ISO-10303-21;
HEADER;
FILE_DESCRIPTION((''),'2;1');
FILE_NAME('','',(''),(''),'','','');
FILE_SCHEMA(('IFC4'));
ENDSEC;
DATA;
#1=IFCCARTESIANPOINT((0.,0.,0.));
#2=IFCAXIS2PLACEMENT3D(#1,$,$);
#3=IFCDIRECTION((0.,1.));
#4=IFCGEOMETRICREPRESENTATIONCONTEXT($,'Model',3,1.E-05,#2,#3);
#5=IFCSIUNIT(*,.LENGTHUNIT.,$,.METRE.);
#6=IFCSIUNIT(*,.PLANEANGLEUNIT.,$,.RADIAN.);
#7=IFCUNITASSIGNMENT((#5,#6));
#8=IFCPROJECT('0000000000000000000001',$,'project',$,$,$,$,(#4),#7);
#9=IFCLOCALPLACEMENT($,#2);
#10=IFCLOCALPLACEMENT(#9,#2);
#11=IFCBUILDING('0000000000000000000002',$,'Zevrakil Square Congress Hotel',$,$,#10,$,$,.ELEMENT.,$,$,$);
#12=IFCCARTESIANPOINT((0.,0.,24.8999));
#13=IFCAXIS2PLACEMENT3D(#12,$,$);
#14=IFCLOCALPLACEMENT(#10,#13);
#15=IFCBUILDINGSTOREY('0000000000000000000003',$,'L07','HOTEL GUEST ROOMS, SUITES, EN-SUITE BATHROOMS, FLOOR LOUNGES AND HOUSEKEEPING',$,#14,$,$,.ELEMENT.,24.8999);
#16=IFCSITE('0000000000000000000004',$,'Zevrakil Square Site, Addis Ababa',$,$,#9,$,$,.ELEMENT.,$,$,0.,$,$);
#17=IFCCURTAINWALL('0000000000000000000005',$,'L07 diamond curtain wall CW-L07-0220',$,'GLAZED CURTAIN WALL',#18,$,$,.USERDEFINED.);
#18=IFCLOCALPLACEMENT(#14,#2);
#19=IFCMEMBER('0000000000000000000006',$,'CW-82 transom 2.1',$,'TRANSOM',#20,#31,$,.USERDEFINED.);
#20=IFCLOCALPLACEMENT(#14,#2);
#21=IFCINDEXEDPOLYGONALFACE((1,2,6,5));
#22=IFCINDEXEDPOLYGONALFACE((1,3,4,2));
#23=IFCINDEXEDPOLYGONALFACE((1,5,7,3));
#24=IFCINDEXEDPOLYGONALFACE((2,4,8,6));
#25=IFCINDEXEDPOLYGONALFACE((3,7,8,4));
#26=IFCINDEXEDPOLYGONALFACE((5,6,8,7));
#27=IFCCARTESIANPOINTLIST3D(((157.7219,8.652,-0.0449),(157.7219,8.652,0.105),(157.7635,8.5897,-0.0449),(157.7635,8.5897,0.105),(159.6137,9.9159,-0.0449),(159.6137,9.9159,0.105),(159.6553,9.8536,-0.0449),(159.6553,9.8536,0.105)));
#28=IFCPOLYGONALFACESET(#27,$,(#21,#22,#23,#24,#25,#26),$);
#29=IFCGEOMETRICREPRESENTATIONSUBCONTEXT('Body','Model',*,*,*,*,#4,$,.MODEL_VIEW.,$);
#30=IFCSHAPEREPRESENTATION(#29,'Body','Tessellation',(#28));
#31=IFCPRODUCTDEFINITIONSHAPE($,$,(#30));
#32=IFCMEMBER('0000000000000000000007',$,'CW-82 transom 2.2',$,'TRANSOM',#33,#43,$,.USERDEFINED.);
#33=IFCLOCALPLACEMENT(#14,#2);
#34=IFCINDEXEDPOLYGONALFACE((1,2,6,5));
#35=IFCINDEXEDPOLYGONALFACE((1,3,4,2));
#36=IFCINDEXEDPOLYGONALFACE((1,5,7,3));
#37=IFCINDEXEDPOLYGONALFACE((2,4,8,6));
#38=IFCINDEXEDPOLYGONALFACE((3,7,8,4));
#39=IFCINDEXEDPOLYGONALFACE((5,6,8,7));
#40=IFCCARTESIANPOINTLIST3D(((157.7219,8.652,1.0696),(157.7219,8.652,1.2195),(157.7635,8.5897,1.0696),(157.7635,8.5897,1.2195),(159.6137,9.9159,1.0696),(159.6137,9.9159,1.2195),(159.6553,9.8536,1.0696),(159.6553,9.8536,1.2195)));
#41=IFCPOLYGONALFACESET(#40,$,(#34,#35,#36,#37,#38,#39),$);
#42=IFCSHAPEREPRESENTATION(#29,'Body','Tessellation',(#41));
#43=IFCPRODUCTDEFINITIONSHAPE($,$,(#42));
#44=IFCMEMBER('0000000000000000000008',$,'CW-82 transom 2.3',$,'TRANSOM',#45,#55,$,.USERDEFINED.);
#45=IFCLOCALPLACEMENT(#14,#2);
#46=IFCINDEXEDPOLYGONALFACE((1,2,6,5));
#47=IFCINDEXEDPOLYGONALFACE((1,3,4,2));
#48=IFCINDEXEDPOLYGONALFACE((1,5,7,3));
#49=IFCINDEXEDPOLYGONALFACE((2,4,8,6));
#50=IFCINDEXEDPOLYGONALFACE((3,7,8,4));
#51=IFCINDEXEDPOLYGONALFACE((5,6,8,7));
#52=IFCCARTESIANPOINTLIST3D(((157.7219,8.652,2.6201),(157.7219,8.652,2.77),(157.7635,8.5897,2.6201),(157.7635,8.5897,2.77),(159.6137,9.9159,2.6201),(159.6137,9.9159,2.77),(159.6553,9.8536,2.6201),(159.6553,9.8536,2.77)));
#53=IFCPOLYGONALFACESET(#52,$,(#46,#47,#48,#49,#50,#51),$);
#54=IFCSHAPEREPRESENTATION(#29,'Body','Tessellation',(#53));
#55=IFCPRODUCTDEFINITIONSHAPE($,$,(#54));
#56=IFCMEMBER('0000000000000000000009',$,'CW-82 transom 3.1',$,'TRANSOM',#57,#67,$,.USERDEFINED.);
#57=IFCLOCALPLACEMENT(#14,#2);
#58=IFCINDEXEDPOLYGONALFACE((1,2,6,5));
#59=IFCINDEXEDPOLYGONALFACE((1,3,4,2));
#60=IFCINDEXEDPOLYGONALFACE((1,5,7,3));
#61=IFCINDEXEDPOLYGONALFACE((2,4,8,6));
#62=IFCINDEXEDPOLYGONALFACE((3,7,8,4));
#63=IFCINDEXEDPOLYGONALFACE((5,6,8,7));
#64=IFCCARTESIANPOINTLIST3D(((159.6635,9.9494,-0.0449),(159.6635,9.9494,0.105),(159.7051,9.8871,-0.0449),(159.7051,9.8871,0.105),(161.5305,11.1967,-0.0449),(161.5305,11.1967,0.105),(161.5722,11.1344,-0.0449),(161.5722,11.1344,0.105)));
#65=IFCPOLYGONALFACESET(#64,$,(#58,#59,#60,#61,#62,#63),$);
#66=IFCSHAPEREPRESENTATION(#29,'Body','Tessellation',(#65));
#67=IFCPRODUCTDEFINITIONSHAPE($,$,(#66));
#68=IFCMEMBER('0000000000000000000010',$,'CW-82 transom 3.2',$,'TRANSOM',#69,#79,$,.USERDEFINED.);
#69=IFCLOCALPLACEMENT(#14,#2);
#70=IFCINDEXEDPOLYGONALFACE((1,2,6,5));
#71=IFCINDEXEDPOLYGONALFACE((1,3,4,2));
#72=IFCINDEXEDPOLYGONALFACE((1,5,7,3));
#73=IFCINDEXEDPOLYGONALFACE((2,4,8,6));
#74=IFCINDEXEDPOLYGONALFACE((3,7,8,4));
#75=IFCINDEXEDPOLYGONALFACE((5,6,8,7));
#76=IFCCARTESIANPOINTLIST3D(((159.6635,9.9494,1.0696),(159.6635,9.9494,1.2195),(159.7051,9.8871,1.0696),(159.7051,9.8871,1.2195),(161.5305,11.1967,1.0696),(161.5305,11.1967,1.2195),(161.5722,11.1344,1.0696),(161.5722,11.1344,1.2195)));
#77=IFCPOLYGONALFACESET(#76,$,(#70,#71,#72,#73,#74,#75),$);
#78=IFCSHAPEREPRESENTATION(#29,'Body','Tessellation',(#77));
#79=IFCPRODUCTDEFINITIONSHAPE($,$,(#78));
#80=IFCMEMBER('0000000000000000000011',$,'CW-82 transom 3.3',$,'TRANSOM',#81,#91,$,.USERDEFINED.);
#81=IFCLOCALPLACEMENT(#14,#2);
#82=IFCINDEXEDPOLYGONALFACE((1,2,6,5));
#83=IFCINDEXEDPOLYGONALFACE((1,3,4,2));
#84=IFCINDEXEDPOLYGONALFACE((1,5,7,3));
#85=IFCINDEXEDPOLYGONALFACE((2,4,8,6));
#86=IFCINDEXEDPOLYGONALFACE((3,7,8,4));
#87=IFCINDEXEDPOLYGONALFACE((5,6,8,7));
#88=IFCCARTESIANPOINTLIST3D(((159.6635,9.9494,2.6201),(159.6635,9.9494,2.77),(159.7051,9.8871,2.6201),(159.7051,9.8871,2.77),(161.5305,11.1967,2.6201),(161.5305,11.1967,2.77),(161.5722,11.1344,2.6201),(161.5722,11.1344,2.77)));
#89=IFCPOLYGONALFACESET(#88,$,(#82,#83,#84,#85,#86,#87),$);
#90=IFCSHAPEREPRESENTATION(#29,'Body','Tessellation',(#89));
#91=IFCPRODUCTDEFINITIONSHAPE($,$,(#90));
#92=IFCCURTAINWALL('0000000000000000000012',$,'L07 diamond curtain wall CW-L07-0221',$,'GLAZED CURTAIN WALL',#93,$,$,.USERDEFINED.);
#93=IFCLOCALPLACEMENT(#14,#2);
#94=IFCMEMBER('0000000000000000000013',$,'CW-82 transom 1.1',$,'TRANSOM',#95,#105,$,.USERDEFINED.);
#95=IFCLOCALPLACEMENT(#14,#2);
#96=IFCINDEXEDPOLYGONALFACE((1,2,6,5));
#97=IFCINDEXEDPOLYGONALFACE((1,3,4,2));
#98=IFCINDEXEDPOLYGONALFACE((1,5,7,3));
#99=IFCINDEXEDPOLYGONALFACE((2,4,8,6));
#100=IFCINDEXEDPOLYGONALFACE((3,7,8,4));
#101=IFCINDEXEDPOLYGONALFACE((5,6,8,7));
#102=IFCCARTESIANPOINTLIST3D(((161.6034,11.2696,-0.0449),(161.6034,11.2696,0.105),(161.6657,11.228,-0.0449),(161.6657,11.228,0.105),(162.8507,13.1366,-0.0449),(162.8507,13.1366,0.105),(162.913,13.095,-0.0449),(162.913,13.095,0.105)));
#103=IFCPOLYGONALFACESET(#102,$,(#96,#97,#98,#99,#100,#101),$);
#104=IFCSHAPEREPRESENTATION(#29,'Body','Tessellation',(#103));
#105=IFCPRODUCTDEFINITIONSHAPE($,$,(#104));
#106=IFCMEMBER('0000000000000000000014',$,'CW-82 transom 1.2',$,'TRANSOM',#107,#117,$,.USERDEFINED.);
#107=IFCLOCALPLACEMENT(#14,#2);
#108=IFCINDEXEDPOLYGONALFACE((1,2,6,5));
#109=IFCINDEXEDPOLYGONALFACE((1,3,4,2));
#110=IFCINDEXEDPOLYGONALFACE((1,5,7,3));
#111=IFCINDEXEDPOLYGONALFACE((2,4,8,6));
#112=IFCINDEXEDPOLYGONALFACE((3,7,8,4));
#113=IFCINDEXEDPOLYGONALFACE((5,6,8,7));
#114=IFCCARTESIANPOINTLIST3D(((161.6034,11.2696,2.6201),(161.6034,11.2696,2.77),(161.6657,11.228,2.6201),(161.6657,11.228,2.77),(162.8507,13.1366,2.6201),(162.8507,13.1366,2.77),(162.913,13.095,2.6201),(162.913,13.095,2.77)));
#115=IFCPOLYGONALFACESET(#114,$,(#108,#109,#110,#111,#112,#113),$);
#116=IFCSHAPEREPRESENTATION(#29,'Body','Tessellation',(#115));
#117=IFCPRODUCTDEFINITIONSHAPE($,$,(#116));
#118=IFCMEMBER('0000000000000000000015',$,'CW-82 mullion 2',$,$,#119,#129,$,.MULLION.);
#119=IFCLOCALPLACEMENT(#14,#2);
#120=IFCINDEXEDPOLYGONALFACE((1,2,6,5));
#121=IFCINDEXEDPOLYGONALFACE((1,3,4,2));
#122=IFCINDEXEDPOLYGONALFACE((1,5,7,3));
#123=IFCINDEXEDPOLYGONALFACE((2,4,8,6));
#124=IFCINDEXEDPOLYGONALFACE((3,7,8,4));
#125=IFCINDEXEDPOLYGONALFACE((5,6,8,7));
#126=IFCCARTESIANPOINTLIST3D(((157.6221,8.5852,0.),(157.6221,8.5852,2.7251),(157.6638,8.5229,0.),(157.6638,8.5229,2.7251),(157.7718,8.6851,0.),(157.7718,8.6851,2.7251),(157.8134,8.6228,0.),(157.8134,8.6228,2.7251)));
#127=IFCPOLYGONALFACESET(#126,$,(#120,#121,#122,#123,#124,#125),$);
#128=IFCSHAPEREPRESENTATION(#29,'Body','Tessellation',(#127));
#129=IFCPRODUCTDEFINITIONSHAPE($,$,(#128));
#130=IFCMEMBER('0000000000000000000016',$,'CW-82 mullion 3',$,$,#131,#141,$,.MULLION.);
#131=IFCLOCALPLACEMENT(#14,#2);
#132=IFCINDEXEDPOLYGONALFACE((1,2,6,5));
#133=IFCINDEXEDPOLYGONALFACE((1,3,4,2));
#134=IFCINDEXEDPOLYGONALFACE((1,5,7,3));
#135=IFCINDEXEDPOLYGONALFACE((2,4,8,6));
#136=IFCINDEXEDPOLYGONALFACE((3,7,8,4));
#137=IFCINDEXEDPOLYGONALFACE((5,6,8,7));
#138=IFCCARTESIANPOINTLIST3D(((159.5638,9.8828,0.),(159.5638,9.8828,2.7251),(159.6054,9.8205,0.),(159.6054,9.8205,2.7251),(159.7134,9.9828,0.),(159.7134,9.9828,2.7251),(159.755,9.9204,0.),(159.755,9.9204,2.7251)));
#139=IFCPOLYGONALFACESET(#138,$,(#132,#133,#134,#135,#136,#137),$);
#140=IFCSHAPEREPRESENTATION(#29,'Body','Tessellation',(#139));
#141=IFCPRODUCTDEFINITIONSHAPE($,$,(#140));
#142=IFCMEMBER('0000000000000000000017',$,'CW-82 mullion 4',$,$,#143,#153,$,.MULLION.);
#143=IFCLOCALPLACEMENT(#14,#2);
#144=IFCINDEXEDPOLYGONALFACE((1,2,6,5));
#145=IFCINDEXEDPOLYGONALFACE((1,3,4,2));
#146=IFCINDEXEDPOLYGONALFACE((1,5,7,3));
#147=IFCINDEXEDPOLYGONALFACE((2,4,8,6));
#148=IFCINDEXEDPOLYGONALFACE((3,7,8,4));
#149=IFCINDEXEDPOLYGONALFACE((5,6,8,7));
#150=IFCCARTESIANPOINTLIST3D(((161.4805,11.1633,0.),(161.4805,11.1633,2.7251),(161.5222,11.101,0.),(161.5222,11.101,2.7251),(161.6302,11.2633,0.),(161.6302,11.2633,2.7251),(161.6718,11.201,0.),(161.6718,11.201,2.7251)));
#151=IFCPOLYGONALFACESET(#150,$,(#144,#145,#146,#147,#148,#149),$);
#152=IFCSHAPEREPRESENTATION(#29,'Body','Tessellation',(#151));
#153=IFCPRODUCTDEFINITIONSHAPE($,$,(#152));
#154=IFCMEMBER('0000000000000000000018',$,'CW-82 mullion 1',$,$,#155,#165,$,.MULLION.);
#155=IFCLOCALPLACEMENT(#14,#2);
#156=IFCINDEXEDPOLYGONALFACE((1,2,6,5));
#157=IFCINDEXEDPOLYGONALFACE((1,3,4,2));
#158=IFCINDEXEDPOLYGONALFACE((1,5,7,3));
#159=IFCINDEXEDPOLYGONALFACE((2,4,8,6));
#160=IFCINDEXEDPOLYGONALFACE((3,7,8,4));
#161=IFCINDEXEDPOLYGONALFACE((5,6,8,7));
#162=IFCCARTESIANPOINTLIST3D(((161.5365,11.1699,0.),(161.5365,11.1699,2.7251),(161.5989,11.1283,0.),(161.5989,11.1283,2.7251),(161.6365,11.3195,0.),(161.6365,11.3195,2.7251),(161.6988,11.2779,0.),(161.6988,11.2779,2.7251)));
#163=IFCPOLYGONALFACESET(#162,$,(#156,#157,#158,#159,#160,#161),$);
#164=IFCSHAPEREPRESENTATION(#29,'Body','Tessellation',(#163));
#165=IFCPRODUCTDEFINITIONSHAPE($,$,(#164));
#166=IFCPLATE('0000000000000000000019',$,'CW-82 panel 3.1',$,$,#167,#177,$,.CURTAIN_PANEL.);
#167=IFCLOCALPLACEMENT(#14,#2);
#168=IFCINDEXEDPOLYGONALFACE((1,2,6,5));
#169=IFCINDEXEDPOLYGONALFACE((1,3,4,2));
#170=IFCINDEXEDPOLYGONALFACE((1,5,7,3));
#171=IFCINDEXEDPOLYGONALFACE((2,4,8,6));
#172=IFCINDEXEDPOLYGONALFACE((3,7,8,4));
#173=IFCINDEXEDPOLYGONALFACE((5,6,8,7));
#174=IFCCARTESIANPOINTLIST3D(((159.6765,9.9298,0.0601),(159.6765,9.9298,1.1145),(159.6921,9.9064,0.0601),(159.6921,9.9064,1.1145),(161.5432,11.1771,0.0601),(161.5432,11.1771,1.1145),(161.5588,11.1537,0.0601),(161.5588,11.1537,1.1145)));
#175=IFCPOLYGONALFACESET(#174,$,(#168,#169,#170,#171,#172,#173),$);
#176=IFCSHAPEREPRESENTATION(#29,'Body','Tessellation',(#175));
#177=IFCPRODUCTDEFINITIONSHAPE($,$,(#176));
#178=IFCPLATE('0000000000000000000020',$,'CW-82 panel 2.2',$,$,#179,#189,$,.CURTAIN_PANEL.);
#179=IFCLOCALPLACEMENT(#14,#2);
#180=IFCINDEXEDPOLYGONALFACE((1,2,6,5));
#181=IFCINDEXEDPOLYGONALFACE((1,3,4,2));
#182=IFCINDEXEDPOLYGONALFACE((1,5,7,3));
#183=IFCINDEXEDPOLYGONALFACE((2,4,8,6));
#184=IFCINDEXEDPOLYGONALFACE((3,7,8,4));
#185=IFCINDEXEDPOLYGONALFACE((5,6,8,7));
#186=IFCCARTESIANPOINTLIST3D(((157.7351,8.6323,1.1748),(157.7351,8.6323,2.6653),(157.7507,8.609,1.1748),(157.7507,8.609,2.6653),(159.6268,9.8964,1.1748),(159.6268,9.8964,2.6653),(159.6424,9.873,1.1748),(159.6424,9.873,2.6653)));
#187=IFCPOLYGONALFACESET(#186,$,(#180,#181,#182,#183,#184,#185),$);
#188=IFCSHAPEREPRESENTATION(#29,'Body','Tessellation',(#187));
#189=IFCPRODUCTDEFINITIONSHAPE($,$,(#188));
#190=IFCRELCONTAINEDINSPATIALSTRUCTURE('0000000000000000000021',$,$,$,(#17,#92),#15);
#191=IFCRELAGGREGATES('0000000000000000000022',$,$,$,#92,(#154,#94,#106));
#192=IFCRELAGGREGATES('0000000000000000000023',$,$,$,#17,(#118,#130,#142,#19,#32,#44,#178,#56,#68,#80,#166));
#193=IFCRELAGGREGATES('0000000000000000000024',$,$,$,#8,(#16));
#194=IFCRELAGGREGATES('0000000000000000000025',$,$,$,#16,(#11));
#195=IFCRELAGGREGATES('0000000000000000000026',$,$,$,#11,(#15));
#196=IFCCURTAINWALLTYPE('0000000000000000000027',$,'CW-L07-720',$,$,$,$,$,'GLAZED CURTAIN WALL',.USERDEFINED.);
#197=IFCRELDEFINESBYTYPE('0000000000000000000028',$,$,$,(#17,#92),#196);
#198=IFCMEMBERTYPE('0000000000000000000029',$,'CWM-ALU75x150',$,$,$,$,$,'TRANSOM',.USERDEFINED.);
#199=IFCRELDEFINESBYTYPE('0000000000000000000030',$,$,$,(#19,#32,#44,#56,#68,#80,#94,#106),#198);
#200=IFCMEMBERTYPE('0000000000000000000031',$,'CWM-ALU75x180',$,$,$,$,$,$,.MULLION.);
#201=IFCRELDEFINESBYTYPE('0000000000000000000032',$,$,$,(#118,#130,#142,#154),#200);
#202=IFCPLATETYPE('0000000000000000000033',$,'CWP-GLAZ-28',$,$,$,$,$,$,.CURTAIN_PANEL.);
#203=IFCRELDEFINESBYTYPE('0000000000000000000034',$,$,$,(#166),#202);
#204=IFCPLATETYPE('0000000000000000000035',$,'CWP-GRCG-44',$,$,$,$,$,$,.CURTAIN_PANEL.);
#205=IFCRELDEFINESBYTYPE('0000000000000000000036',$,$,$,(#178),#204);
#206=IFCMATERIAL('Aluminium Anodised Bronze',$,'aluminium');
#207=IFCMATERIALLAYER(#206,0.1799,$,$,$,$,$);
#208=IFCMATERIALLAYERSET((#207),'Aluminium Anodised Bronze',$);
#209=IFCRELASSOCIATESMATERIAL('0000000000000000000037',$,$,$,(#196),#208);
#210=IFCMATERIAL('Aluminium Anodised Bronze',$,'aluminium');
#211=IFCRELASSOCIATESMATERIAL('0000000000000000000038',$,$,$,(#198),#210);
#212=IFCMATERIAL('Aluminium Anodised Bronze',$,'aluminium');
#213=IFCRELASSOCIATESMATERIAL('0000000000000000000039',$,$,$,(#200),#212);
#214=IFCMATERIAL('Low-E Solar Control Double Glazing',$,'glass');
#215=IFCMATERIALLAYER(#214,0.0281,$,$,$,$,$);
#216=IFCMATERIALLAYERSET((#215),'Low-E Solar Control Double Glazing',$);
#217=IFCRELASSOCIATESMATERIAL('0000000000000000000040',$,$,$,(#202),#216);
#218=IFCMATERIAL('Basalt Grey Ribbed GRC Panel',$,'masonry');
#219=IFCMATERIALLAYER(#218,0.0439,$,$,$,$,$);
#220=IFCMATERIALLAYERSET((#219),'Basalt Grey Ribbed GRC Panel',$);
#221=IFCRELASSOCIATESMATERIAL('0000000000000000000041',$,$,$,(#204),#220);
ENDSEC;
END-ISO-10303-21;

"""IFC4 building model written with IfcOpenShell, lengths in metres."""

from ifc_helpers import new_model, si_unit, direction, frame, origin, origin_2d, place, context, subcontext, project, spatial, rectangle, extrude, material, layer, layer_set, material_profile, profile_set, type_object, element, aggregate, save


model = new_model("IFC4")

# Units and contexts
model_context = context("Model", 3, precision=1e-05, world=origin(), true_north=direction((0.0, 1.0)))
body_context = subcontext(model_context, "Body", "Model", "MODEL_VIEW")
ifc_project = project(units=[si_unit("LENGTHUNIT", "METRE"), si_unit("PLANEANGLEUNIT", "RADIAN")], contexts=[model_context])

# Site, building, storey
site_placement = place(None, origin())
site = spatial("IfcSite", under=ifc_project, at=site_placement, Name="Zevrakil Square Site, Addis Ababa", CompositionType="ELEMENT", RefElevation=0.0)
building_placement = place(site_placement, origin())
building = spatial("IfcBuilding", under=site, at=building_placement, Name="Zevrakil Square Congress Hotel", CompositionType="ELEMENT")
storey_placement = place(building_placement, frame((0.0, 0.0, 24.8999)))
storey = spatial("IfcBuildingStorey", under=building, at=storey_placement, Name="L07", Description="HOTEL GUEST ROOMS, SUITES, EN-SUITE BATHROOMS, FLOOR LOUNGES AND HOUSEKEEPING", CompositionType="ELEMENT", Elevation=24.8999)

# Curtain walls, members
ifc_material_1 = material(Name="Aluminium Anodised Bronze", Category="aluminium")
ifc_layer_1 = layer(ifc_material_1, 0.1799)
ifc_layer_set_1 = layer_set([ifc_layer_1], Name="Aluminium Anodised Bronze")
curtain_wall_type = type_object("IfcCurtainWallType", Name="CW-L07-720", ElementType="GLAZED CURTAIN WALL", PredefinedType="USERDEFINED", material=ifc_layer_set_1)
curtain_wall_1_placement = place(storey_placement, origin())
curtain_wall_1 = element("IfcCurtainWall", 1, at=curtain_wall_1_placement, inside=storey, type_object=curtain_wall_type, Name="L07 diamond curtain wall CW-L07-0220", ObjectType="GLAZED CURTAIN WALL", PredefinedType="USERDEFINED")
ifc_material_2 = material(Name="Aluminium Anodised Bronze", Category="aluminium")
ifc_material_profile_1 = material_profile(ifc_material_2, rectangle(XDim=0.075, YDim=0.1499, at=origin_2d()), Name="ALU 75x150")
ifc_profile_set_1 = profile_set([ifc_material_profile_1], Name="Aluminium Anodised Bronze")
member_type_1 = type_object("IfcMemberType", Name="CWM-ALU75x150", ElementType="TRANSOM", PredefinedType="USERDEFINED", material=ifc_profile_set_1)
member_1_placement = place(storey_placement, frame((157.7427, 8.6208, 0.03), z_axis=(0.831505, 0.555517, 0.0), x_axis=(-0.555517, 0.831505, 0.0)))
member_1 = element("IfcMember", 2, at=member_1_placement, type_object=member_type_1, Name="CW-82 transom 2.1", ObjectType="TRANSOM", PredefinedType="USERDEFINED", context=body_context, shape_type="SweptSolid", body=[
    extrude(rectangle(XDim=0.075, YDim=0.1499, at=origin_2d()), origin(), (0.0, 0.0, 1.0), 2.2751),
])
member_2_placement = place(storey_placement, frame((157.7427, 8.6208, 1.1445), z_axis=(0.831505, 0.555517, 0.0), x_axis=(-0.555517, 0.831505, 0.0)))
member_2 = element("IfcMember", 3, at=member_2_placement, type_object=member_type_1, Name="CW-82 transom 2.2", ObjectType="TRANSOM", PredefinedType="USERDEFINED", context=body_context, shape_type="SweptSolid", body=[
    extrude(rectangle(XDim=0.075, YDim=0.1499, at=origin_2d()), origin(), (0.0, 0.0, 1.0), 2.2751),
])
member_3_placement = place(storey_placement, frame((157.7427, 8.6208, 2.6951), z_axis=(0.831505, 0.555517, 0.0), x_axis=(-0.555517, 0.831505, 0.0)))
member_3 = element("IfcMember", 4, at=member_3_placement, type_object=member_type_1, Name="CW-82 transom 2.3", ObjectType="TRANSOM", PredefinedType="USERDEFINED", context=body_context, shape_type="SweptSolid", body=[
    extrude(rectangle(XDim=0.075, YDim=0.1499, at=origin_2d()), origin(), (0.0, 0.0, 1.0), 2.2751),
])
member_4_placement = place(storey_placement, frame((159.6843, 9.9182, 0.03), z_axis=(0.831498, 0.555528, 0.0), x_axis=(-0.555528, 0.831498, 0.0)))
member_4 = element("IfcMember", 5, at=member_4_placement, type_object=member_type_1, Name="CW-82 transom 3.1", ObjectType="TRANSOM", PredefinedType="USERDEFINED", context=body_context, shape_type="SweptSolid", body=[
    extrude(rectangle(XDim=0.075, YDim=0.1499, at=origin_2d()), origin(), (0.0, 0.0, 1.0), 2.2454),
])
member_5_placement = place(storey_placement, frame((159.6843, 9.9182, 1.1445), z_axis=(0.831498, 0.555528, 0.0), x_axis=(-0.555528, 0.831498, 0.0)))
member_5 = element("IfcMember", 6, at=member_5_placement, type_object=member_type_1, Name="CW-82 transom 3.2", ObjectType="TRANSOM", PredefinedType="USERDEFINED", context=body_context, shape_type="SweptSolid", body=[
    extrude(rectangle(XDim=0.075, YDim=0.1499, at=origin_2d()), origin(), (0.0, 0.0, 1.0), 2.2454),
])
member_6_placement = place(storey_placement, frame((159.6843, 9.9182, 2.6951), z_axis=(0.831498, 0.555528, 0.0), x_axis=(-0.555528, 0.831498, 0.0)))
member_6 = element("IfcMember", 7, at=member_6_placement, type_object=member_type_1, Name="CW-82 transom 3.3", ObjectType="TRANSOM", PredefinedType="USERDEFINED", context=body_context, shape_type="SweptSolid", body=[
    extrude(rectangle(XDim=0.075, YDim=0.1499, at=origin_2d()), origin(), (0.0, 0.0, 1.0), 2.2454),
])
curtain_wall_2_placement = place(storey_placement, origin())
curtain_wall_2 = element("IfcCurtainWall", 8, at=curtain_wall_2_placement, inside=storey, type_object=curtain_wall_type, Name="L07 diamond curtain wall CW-L07-0221", ObjectType="GLAZED CURTAIN WALL", PredefinedType="USERDEFINED")
member_7_placement = place(storey_placement, frame((161.6345, 11.2488, 0.03), z_axis=(0.555528, 0.831498, 0.0), x_axis=(-0.831498, 0.555528, 0.0)))
member_7 = element("IfcMember", 9, at=member_7_placement, type_object=member_type_1, Name="CW-82 transom 1.1", ObjectType="TRANSOM", PredefinedType="USERDEFINED", context=body_context, shape_type="SweptSolid", body=[
    extrude(rectangle(XDim=0.075, YDim=0.1499, at=origin_2d()), origin(), (0.0, 0.0, 1.0), 2.2454),
])
member_8_placement = place(storey_placement, frame((161.6345, 11.2488, 2.6951), z_axis=(0.555528, 0.831498, 0.0), x_axis=(-0.831498, 0.555528, 0.0)))
member_8 = element("IfcMember", 10, at=member_8_placement, type_object=member_type_1, Name="CW-82 transom 1.2", ObjectType="TRANSOM", PredefinedType="USERDEFINED", context=body_context, shape_type="SweptSolid", body=[
    extrude(rectangle(XDim=0.075, YDim=0.1499, at=origin_2d()), origin(), (0.0, 0.0, 1.0), 2.2454),
])

# Members
ifc_material_3 = material(Name="Aluminium Anodised Bronze", Category="aluminium")
ifc_material_profile_2 = material_profile(ifc_material_3, rectangle(XDim=0.075, YDim=0.1799, at=origin_2d()), Name="ALU 75x180")
ifc_profile_set_2 = profile_set([ifc_material_profile_2], Name="Aluminium Anodised Bronze")
member_type_2 = type_object("IfcMemberType", Name="CWM-ALU75x180", PredefinedType="MULLION", material=ifc_profile_set_2)
member_9_placement = place(storey_placement, frame((157.7178, 8.604, 0.0), z_axis=(0.0, 0.0, 1.0), x_axis=(-0.555576, 0.831466, 0.0)))
member_9 = element("IfcMember", 11, at=member_9_placement, type_object=member_type_2, Name="CW-82 mullion 2", PredefinedType="MULLION", context=body_context, shape_type="SweptSolid", body=[
    extrude(rectangle(XDim=0.075, YDim=0.1799, at=origin_2d()), origin(), (0.0, 0.0, 1.0), 2.7251),
])
member_10_placement = place(storey_placement, frame((159.6594, 9.9016, 0.0), z_axis=(0.0, 0.0, 1.0), x_axis=(-0.555576, 0.831466, 0.0)))
member_10 = element("IfcMember", 12, at=member_10_placement, type_object=member_type_2, Name="CW-82 mullion 3", PredefinedType="MULLION", context=body_context, shape_type="SweptSolid", body=[
    extrude(rectangle(XDim=0.075, YDim=0.1799, at=origin_2d()), origin(), (0.0, 0.0, 1.0), 2.7251),
])
member_11_placement = place(storey_placement, frame((161.5762, 11.1821, 0.0), z_axis=(0.0, 0.0, 1.0), x_axis=(-0.555576, 0.831466, 0.0)))
member_11 = element("IfcMember", 13, at=member_11_placement, type_object=member_type_2, Name="CW-82 mullion 4", PredefinedType="MULLION", context=body_context, shape_type="SweptSolid", body=[
    extrude(rectangle(XDim=0.075, YDim=0.1799, at=origin_2d()), origin(), (0.0, 0.0, 1.0), 2.7251),
])
member_12_placement = place(storey_placement, frame((161.6177, 11.2239, 0.0), z_axis=(0.0, 0.0, 1.0), x_axis=(-0.831466, 0.555576, 0.0)))
member_12 = element("IfcMember", 14, at=member_12_placement, type_object=member_type_2, Name="CW-82 mullion 1", PredefinedType="MULLION", context=body_context, shape_type="SweptSolid", body=[
    extrude(rectangle(XDim=0.075, YDim=0.1799, at=origin_2d()), origin(), (0.0, 0.0, 1.0), 2.7251),
])
aggregate(curtain_wall_2, [member_12, member_7, member_8])

# Plates
ifc_material_4 = material(Name="Low-E Solar Control Double Glazing", Category="glass")
ifc_layer_2 = layer(ifc_material_4, 0.0281)
ifc_layer_set_2 = layer_set([ifc_layer_2], Name="Low-E Solar Control Double Glazing")
plate_type_1 = type_object("IfcPlateType", Name="CWP-GLAZ-28", PredefinedType="CURTAIN_PANEL", material=ifc_layer_set_2)
plate_1_placement = place(storey_placement, frame((160.6177, 10.5417, 0.0601), z_axis=(0.0, 0.0, 1.0), x_axis=(0.831466, 0.555576, 0.0)))
plate_1 = element("IfcPlate", 15, at=plate_1_placement, type_object=plate_type_1, Name="CW-82 panel 3.1", PredefinedType="CURTAIN_PANEL", context=body_context, shape_type="SweptSolid", body=[
    extrude(rectangle(XDim=2.2451, YDim=0.0281, at=origin_2d()), origin(), (0.0, 0.0, 1.0), 1.0544),
])
ifc_material_5 = material(Name="Basalt Grey Ribbed GRC Panel", Category="masonry")
ifc_layer_3 = layer(ifc_material_5, 0.0439)
ifc_layer_set_3 = layer_set([ifc_layer_3], Name="Basalt Grey Ribbed GRC Panel")
plate_type_2 = type_object("IfcPlateType", Name="CWP-GRCG-44", PredefinedType="CURTAIN_PANEL", material=ifc_layer_set_3)
plate_2_placement = place(storey_placement, frame((158.6887, 9.2527, 1.1748), z_axis=(0.0, 0.0, 1.0), x_axis=(0.831466, 0.555576, 0.0)))
plate_2 = element("IfcPlate", 16, at=plate_2_placement, type_object=plate_type_2, Name="CW-82 panel 2.2", PredefinedType="CURTAIN_PANEL", context=body_context, shape_type="SweptSolid", body=[
    extrude(rectangle(XDim=2.2751, YDim=0.0281, at=origin_2d()), origin(), (0.0, 0.0, 1.0), 1.4905),
])
aggregate(curtain_wall_1, [member_9, member_10, member_11, member_1, member_2, member_3, plate_2, member_4, member_5, member_6, plate_1])

save(model, "model.ifc")
